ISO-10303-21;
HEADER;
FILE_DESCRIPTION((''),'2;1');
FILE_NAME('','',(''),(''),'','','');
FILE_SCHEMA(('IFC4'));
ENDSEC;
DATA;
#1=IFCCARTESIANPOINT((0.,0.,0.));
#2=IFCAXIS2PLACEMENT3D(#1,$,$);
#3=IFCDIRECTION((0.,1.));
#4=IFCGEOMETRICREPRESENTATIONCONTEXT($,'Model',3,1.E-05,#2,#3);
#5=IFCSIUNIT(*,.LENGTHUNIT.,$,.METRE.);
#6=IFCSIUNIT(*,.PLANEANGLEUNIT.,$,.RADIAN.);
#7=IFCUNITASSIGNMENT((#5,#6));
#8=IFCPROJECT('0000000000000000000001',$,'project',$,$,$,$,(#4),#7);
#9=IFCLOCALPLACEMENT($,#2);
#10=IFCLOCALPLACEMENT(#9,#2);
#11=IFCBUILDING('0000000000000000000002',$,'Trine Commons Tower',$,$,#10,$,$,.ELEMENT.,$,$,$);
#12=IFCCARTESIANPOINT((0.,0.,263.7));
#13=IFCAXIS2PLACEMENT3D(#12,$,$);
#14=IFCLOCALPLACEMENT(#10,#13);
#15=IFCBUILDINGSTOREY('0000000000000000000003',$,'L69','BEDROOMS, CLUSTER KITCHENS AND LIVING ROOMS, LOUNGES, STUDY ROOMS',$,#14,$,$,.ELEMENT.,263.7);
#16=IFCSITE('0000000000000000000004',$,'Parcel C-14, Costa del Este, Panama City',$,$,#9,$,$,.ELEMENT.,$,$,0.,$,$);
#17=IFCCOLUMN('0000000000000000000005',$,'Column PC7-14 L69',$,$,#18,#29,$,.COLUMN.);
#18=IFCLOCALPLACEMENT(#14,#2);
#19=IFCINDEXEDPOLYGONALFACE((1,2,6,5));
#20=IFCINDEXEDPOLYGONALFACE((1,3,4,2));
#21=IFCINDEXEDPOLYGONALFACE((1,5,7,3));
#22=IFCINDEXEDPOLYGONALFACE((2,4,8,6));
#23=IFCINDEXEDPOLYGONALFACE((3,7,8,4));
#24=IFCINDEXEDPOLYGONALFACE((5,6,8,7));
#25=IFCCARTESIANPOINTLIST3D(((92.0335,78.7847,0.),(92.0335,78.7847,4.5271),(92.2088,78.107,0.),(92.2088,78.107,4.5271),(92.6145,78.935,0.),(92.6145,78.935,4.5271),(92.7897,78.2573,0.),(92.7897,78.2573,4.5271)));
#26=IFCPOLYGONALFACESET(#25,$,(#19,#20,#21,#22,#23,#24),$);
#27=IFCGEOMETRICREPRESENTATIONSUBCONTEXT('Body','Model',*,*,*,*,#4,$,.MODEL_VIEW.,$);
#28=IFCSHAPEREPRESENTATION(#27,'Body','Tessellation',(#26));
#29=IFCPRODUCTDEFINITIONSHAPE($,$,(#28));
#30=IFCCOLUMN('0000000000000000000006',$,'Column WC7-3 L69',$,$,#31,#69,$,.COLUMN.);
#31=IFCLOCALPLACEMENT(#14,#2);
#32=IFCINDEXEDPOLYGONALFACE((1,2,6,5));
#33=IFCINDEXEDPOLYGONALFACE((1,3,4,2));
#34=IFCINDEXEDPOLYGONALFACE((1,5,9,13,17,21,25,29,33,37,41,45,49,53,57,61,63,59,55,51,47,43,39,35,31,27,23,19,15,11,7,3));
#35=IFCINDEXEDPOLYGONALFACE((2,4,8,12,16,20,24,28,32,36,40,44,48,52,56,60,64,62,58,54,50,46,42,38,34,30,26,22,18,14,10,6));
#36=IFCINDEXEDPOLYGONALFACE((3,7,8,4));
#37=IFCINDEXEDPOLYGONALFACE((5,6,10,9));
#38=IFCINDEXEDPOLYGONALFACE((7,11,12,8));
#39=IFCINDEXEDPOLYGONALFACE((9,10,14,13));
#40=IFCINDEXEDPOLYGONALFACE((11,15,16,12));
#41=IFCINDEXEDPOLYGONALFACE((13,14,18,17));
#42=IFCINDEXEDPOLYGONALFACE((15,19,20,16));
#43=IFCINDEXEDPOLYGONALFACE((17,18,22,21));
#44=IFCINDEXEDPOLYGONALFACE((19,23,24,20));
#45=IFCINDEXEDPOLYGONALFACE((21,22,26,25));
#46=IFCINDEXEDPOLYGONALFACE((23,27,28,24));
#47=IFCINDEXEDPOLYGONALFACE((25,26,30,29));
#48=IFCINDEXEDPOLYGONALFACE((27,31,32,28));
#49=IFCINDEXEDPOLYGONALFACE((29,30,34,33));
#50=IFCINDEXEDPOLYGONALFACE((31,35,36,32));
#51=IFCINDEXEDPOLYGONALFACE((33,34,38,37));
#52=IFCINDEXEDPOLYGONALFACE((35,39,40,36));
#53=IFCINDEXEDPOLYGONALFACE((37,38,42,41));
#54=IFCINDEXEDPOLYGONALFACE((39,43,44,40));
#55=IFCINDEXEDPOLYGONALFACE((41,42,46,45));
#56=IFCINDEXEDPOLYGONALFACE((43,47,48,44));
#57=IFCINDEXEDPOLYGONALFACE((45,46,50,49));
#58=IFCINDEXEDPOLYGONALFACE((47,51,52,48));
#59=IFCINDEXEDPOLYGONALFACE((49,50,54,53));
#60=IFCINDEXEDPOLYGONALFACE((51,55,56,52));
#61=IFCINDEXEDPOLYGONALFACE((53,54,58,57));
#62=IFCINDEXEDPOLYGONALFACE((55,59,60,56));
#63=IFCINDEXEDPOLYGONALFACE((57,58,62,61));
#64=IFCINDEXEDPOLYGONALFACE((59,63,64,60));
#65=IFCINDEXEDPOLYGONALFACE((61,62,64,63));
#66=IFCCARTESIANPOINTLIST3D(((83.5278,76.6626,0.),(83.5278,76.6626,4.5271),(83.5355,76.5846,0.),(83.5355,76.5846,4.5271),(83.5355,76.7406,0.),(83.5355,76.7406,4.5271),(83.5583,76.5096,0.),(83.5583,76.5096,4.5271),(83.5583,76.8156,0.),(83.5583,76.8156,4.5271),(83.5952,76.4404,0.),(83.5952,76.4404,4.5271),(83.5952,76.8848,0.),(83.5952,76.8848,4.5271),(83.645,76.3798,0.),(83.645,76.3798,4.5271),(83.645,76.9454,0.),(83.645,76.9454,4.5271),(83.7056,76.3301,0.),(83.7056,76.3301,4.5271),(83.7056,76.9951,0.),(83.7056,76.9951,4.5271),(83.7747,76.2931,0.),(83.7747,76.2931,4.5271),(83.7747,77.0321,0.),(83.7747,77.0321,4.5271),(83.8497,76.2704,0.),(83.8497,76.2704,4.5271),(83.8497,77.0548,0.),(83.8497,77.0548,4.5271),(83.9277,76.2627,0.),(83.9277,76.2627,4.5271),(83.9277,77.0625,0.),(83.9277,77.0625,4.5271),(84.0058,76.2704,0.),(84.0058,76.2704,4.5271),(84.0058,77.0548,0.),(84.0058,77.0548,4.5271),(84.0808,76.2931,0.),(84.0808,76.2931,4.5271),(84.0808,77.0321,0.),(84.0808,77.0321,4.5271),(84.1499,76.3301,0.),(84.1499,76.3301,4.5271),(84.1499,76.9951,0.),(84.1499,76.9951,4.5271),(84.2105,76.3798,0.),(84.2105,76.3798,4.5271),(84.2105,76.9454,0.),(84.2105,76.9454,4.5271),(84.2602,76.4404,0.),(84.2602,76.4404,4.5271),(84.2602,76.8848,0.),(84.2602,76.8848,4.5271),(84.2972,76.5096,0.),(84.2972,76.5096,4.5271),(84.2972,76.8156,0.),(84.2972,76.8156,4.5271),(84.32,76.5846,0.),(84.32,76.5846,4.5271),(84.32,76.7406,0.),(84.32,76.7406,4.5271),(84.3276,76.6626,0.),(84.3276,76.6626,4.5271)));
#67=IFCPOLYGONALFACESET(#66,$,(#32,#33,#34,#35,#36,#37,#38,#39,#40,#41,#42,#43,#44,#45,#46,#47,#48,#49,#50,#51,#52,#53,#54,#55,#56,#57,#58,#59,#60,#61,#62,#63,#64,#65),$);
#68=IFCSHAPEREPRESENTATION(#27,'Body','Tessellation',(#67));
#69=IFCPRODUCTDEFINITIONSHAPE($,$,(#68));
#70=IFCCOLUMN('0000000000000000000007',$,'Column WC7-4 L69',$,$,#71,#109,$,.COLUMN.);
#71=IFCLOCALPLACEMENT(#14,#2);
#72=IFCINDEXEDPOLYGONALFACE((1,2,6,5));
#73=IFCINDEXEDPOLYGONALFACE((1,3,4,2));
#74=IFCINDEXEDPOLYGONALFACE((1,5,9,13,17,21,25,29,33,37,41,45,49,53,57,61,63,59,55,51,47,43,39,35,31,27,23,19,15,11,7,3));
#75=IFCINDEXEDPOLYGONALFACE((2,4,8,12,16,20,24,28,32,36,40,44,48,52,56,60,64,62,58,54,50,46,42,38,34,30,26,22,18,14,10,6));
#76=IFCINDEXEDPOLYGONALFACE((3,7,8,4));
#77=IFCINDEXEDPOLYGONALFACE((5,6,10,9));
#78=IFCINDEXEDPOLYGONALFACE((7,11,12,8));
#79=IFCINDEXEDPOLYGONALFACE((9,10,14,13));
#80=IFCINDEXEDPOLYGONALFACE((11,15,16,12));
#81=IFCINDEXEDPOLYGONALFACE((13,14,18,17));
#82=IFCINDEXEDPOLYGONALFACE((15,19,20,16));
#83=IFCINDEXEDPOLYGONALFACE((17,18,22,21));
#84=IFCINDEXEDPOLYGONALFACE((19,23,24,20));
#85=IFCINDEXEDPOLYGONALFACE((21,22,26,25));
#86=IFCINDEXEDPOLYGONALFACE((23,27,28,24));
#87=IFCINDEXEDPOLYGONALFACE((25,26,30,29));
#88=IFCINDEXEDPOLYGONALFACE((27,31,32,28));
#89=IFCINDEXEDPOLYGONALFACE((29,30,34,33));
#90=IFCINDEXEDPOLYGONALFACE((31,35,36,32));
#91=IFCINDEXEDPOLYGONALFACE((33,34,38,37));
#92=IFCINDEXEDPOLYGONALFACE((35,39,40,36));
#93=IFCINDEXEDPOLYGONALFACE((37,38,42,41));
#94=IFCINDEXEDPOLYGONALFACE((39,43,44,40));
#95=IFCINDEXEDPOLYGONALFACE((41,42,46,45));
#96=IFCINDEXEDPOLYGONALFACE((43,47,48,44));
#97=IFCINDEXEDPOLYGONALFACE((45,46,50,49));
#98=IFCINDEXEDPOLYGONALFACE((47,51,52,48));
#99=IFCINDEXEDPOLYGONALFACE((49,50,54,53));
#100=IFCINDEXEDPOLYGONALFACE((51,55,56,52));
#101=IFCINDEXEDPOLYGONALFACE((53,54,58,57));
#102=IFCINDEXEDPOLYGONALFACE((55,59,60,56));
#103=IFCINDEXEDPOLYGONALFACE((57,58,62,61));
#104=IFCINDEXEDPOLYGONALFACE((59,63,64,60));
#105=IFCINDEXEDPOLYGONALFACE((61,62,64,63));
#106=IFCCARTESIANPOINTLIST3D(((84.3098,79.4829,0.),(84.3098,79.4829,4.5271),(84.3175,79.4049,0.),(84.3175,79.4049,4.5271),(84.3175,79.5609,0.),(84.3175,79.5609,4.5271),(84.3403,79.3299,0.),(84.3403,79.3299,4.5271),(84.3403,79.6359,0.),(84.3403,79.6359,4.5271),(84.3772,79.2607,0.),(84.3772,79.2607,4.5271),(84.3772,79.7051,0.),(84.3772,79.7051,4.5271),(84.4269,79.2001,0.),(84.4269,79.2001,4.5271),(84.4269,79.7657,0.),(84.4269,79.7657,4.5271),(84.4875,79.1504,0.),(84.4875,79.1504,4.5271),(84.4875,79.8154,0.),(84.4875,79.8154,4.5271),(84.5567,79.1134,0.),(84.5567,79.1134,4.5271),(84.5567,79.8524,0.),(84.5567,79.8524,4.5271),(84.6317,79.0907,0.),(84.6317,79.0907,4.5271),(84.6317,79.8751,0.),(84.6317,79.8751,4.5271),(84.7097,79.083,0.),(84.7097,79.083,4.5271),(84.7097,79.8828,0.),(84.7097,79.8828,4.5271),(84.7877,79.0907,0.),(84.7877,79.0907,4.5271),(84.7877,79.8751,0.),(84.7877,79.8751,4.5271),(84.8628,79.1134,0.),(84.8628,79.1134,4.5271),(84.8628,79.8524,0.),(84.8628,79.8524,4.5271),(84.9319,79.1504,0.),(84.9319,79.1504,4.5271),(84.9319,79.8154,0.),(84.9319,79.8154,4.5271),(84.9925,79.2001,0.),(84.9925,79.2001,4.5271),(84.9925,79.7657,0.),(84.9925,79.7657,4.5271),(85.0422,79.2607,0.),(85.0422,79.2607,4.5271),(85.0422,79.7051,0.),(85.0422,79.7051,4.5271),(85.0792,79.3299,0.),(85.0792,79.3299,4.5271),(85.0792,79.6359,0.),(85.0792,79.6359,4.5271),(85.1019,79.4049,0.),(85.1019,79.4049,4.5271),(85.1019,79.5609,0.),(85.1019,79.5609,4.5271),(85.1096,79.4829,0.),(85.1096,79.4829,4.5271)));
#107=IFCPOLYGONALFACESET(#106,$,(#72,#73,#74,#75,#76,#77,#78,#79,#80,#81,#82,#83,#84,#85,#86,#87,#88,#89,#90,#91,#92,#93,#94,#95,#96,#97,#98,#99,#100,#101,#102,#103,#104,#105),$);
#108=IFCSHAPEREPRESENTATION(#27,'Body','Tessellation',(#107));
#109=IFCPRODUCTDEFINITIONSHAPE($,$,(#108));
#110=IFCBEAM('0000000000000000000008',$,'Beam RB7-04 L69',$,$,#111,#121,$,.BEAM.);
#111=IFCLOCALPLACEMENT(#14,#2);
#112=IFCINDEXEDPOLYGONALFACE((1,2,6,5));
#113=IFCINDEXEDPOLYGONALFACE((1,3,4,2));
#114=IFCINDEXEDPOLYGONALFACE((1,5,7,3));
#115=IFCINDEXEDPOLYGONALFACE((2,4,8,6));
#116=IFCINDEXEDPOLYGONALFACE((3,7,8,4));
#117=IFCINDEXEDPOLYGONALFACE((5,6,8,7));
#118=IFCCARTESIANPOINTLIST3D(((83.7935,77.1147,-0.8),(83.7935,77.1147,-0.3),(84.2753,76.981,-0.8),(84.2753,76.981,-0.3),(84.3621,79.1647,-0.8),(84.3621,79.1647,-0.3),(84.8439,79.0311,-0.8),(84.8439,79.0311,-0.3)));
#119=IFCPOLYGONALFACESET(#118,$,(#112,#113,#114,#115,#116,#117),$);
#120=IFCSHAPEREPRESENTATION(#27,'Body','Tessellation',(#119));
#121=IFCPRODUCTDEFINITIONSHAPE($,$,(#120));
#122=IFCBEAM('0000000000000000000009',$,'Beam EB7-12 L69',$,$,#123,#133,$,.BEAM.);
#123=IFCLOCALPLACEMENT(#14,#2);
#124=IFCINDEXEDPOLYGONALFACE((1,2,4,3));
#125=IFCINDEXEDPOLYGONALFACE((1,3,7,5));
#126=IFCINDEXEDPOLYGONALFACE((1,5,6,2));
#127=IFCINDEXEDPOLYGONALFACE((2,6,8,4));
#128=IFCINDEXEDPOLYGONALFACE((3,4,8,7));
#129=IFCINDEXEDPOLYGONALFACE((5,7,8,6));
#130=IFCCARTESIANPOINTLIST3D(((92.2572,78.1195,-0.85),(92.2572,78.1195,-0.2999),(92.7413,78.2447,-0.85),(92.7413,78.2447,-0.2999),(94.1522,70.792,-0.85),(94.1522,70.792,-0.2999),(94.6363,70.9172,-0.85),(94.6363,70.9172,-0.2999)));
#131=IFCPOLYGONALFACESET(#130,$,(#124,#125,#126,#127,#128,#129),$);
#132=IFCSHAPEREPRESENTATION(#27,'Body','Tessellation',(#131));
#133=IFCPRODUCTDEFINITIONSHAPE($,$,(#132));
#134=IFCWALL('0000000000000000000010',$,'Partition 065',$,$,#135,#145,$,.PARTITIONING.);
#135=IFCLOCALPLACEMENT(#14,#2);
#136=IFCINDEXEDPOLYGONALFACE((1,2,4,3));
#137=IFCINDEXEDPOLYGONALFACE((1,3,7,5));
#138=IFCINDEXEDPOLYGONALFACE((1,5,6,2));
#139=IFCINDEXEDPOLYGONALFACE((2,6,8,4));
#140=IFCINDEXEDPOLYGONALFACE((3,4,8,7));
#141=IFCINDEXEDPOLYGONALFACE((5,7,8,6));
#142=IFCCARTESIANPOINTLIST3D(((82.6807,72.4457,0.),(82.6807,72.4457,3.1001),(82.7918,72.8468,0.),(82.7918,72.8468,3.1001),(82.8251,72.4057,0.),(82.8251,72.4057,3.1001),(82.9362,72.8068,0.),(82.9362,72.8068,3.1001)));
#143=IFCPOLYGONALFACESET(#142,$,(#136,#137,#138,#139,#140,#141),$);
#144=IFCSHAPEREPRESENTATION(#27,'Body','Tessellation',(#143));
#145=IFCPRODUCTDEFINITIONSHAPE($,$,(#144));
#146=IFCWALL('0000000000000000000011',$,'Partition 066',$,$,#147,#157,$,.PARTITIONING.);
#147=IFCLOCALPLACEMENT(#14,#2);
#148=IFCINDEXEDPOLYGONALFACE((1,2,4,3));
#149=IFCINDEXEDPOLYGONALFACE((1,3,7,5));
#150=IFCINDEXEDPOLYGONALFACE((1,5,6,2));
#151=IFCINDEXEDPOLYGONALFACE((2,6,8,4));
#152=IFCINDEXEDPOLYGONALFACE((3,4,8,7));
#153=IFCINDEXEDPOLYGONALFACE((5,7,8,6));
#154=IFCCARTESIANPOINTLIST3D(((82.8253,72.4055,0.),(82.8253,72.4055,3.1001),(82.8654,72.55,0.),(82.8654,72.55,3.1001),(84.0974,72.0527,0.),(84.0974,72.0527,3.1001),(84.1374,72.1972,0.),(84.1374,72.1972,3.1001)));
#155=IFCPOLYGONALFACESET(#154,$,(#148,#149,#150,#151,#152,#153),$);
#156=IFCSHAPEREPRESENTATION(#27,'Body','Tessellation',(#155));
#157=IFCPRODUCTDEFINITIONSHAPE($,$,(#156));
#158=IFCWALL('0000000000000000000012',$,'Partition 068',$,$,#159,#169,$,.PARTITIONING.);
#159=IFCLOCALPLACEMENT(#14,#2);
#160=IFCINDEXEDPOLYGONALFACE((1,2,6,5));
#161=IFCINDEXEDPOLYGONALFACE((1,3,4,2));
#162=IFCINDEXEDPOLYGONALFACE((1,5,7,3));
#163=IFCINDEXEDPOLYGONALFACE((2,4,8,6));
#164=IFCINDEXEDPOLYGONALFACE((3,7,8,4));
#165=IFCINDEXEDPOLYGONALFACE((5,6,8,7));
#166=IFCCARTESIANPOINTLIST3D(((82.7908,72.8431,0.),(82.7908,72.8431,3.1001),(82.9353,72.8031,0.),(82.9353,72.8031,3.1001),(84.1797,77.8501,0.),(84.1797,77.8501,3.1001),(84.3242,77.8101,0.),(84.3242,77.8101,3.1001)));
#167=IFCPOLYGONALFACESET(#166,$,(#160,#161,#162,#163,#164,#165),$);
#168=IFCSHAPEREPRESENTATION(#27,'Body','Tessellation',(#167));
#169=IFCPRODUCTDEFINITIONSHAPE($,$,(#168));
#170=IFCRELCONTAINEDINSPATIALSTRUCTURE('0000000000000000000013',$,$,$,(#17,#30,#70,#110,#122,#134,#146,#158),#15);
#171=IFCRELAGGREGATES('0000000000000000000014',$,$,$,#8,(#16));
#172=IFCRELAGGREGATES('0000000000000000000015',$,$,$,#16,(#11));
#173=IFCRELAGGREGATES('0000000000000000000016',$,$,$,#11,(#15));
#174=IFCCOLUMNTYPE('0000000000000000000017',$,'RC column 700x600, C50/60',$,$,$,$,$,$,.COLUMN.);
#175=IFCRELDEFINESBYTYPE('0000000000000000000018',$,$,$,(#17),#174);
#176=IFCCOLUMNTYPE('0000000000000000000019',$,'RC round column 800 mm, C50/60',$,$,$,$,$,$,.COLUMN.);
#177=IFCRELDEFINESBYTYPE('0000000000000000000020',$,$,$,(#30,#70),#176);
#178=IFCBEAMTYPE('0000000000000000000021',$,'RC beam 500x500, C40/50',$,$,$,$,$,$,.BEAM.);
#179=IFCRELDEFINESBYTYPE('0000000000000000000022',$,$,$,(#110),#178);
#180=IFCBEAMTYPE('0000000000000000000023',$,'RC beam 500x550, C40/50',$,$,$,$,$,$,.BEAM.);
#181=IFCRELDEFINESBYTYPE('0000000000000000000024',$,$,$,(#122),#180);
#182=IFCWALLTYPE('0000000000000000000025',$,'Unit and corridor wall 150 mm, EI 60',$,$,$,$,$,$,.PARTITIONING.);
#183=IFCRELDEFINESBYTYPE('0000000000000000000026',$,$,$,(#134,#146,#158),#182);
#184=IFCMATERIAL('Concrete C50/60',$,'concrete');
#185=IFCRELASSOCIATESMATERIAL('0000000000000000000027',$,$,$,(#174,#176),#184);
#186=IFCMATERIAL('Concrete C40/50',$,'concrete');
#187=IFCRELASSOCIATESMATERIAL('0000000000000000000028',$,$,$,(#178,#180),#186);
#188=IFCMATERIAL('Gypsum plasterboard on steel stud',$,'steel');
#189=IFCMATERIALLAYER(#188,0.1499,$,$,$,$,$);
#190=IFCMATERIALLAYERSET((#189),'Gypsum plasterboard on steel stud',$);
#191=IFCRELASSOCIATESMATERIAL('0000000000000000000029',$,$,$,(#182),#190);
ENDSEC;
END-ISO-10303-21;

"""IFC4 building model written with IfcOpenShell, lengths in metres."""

from ifc_helpers import new_model, si_unit, direction, frame, frame_2d, origin, origin_2d, place, context, subcontext, project, spatial, rectangle, circle, extrude, material, layer, layer_set, material_profile, profile_set, type_object, element, save


model = new_model("IFC4")

# Units and contexts
model_context = context("Model", 3, precision=1e-05, world=origin(), true_north=direction((0.0, 1.0)))
body_context = subcontext(model_context, "Body", "Model", "MODEL_VIEW")
ifc_project = project(units=[si_unit("LENGTHUNIT", "METRE"), si_unit("PLANEANGLEUNIT", "RADIAN")], contexts=[model_context])

# Site, building, storey
site_placement = place(None, origin())
site = spatial("IfcSite", under=ifc_project, at=site_placement, Name="Parcel C-14, Costa del Este, Panama City", CompositionType="ELEMENT", RefElevation=0.0)
building_placement = place(site_placement, origin())
building = spatial("IfcBuilding", under=site, at=building_placement, Name="Trine Commons Tower", CompositionType="ELEMENT")
storey_placement = place(building_placement, frame((0.0, 0.0, 263.7)))
storey = spatial("IfcBuildingStorey", under=building, at=storey_placement, Name="L69", Description="BEDROOMS, CLUSTER KITCHENS AND LIVING ROOMS, LOUNGES, STUDY ROOMS", CompositionType="ELEMENT", Elevation=263.7)

# Columns
ifc_material_1 = material(Name="Concrete C50/60", Category="concrete")
ifc_material_profile_1 = material_profile(ifc_material_1, rectangle(XDim=0.7, YDim=0.6001, at=origin_2d()), Name="RC 700x600")
ifc_profile_set_1 = profile_set([ifc_material_profile_1], Name="Concrete C50/60")
column_type_1 = type_object("IfcColumnType", Name="RC column 700x600, C50/60", PredefinedType="COLUMN", material=ifc_profile_set_1)
column_placement = place(storey_placement, frame((92.4116, 78.521, 0.0), z_axis=(0.0, 0.0, 1.0), x_axis=(-0.25038, 0.968148, 0.0)))
element("IfcColumn", 1, at=column_placement, inside=storey, type_object=column_type_1, Name="Column PC7-14 L69", PredefinedType="COLUMN", context=body_context, shape_type="SweptSolid", body=[
    extrude(rectangle(XDim=0.7, YDim=0.6001, at=origin_2d()), origin(), (0.0, 0.0, 1.0), 4.5271),
])
ifc_material_profile_2 = material_profile(ifc_material_1, circle(Radius=0.3999, at=origin_2d()), Name="RC round 800")
ifc_profile_set_2 = profile_set([ifc_material_profile_2], Name="Concrete C50/60")
column_type_2 = type_object("IfcColumnType", Name="RC round column 800 mm, C50/60", PredefinedType="COLUMN", material=ifc_profile_set_2)
for number, where, z_axis, x_axis, name in (
    (2, (83.9277, 76.6626, 0.0), (0.0, 0.0, 1.0), (1.0, 0.0, 0.0), "Column WC7-3 L69"),
    (3, (84.7097, 79.4829, 0.0), (0.0, 0.0, 1.0), (1.0, 0.0, 0.0), "Column WC7-4 L69"),
):
    element("IfcColumn", number, at=place(storey_placement, frame(where, z_axis=z_axis, x_axis=x_axis)), inside=storey, type_object=column_type_2, Name=name, PredefinedType="COLUMN", context=body_context, shape_type="SweptSolid", body=[
        extrude(circle(Radius=0.3999, at=origin_2d()), origin(), (0.0, 0.0, 1.0), 4.5271),
    ])

# Beams
ifc_material_2 = material(Name="Concrete C40/50", Category="concrete")
ifc_material_profile_3 = material_profile(ifc_material_2, rectangle(XDim=0.5, YDim=0.5, at=origin_2d()), Name="RC 500x500")
ifc_profile_set_3 = profile_set([ifc_material_profile_3], Name="Concrete C40/50")
beam_type_1 = type_object("IfcBeamType", Name="RC beam 500x500, C40/50", PredefinedType="BEAM", material=ifc_profile_set_3)
beam_1_placement = place(storey_placement, frame((84.0344, 77.0479, -0.55), z_axis=(0.267271, 0.963621, 0.0), x_axis=(-0.963621, 0.267271, 0.0)))
element("IfcBeam", 4, at=beam_1_placement, inside=storey, type_object=beam_type_1, Name="Beam RB7-04 L69", PredefinedType="BEAM", context=body_context, shape_type="SweptSolid", body=[
    extrude(rectangle(XDim=0.5, YDim=0.5, at=origin_2d()), origin(), (0.0, 0.0, 1.0), 2.1274),
])
ifc_material_profile_4 = material_profile(ifc_material_2, rectangle(XDim=0.5, YDim=0.55, at=origin_2d()), Name="RC 500x550")
ifc_profile_set_4 = profile_set([ifc_material_profile_4], Name="Concrete C40/50")
beam_type_2 = type_object("IfcBeamType", Name="RC beam 500x550, C40/50", PredefinedType="BEAM", material=ifc_profile_set_4)
beam_2_placement = place(storey_placement, frame((92.4993, 78.1821, -0.575), z_axis=(0.250376, -0.968149, 0.0), x_axis=(0.968149, 0.250376, 0.0)))
element("IfcBeam", 5, at=beam_2_placement, inside=storey, type_object=beam_type_2, Name="Beam EB7-12 L69", PredefinedType="BEAM", context=body_context, shape_type="SweptSolid", body=[
    extrude(rectangle(XDim=0.5, YDim=0.55, at=origin_2d()), origin(), (0.0, 0.0, 1.0), 7.5686),
])

# Walls
ifc_material_3 = material(Name="Gypsum plasterboard on steel stud", Category="steel")
ifc_layer_1 = layer(ifc_material_3, 0.1499)
ifc_layer_set_1 = layer_set([ifc_layer_1], Name="Gypsum plasterboard on steel stud")
wall_type_1 = type_object("IfcWallType", Name="Unit and corridor wall 150 mm, EI 60", PredefinedType="PARTITIONING", material=ifc_layer_set_1)
wall_1_placement = place(storey_placement, frame((82.7529, 72.4258, 0.0), z_axis=(0.0, 0.0, 1.0), x_axis=(0.266887, 0.963728, 0.0)))
element("IfcWall", 6, at=wall_1_placement, inside=storey, type_object=wall_type_1, Name="Partition 065", PredefinedType="PARTITIONING", context=body_context, shape_type="SweptSolid", body=[
    extrude(rectangle(XDim=0.4163, YDim=0.1499, at=frame_2d((0.208, 0.0))), origin(), (0.0, 0.0, 1.0), 3.1001),
])
wall_2_placement = place(storey_placement, frame((82.8452, 72.4778, 0.0), z_axis=(0.0, 0.0, 1.0), x_axis=(0.963624, -0.267262, 0.0)))
element("IfcWall", 7, at=wall_2_placement, inside=storey, type_object=wall_type_1, Name="Partition 066", PredefinedType="PARTITIONING", context=body_context, shape_type="SweptSolid", body=[
    extrude(rectangle(XDim=1.3201, YDim=0.1499, at=frame_2d((0.6602, 0.0))), origin(), (0.0, 0.0, 1.0), 3.1001),
])
wall_3_placement = place(storey_placement, frame((82.863, 72.823, 0.0), z_axis=(0.0, 0.0, 1.0), x_axis=(0.267297, 0.963614, 0.0)))
element("IfcWall", 8, at=wall_3_placement, inside=storey, type_object=wall_type_1, Name="Partition 068", PredefinedType="PARTITIONING", context=body_context, shape_type="SweptSolid", body=[
    extrude(rectangle(XDim=5.196, YDim=0.1499, at=frame_2d((2.5981, 0.0))), origin(), (0.0, 0.0, 1.0), 3.1001),
])

save(model, "model.ifc")
